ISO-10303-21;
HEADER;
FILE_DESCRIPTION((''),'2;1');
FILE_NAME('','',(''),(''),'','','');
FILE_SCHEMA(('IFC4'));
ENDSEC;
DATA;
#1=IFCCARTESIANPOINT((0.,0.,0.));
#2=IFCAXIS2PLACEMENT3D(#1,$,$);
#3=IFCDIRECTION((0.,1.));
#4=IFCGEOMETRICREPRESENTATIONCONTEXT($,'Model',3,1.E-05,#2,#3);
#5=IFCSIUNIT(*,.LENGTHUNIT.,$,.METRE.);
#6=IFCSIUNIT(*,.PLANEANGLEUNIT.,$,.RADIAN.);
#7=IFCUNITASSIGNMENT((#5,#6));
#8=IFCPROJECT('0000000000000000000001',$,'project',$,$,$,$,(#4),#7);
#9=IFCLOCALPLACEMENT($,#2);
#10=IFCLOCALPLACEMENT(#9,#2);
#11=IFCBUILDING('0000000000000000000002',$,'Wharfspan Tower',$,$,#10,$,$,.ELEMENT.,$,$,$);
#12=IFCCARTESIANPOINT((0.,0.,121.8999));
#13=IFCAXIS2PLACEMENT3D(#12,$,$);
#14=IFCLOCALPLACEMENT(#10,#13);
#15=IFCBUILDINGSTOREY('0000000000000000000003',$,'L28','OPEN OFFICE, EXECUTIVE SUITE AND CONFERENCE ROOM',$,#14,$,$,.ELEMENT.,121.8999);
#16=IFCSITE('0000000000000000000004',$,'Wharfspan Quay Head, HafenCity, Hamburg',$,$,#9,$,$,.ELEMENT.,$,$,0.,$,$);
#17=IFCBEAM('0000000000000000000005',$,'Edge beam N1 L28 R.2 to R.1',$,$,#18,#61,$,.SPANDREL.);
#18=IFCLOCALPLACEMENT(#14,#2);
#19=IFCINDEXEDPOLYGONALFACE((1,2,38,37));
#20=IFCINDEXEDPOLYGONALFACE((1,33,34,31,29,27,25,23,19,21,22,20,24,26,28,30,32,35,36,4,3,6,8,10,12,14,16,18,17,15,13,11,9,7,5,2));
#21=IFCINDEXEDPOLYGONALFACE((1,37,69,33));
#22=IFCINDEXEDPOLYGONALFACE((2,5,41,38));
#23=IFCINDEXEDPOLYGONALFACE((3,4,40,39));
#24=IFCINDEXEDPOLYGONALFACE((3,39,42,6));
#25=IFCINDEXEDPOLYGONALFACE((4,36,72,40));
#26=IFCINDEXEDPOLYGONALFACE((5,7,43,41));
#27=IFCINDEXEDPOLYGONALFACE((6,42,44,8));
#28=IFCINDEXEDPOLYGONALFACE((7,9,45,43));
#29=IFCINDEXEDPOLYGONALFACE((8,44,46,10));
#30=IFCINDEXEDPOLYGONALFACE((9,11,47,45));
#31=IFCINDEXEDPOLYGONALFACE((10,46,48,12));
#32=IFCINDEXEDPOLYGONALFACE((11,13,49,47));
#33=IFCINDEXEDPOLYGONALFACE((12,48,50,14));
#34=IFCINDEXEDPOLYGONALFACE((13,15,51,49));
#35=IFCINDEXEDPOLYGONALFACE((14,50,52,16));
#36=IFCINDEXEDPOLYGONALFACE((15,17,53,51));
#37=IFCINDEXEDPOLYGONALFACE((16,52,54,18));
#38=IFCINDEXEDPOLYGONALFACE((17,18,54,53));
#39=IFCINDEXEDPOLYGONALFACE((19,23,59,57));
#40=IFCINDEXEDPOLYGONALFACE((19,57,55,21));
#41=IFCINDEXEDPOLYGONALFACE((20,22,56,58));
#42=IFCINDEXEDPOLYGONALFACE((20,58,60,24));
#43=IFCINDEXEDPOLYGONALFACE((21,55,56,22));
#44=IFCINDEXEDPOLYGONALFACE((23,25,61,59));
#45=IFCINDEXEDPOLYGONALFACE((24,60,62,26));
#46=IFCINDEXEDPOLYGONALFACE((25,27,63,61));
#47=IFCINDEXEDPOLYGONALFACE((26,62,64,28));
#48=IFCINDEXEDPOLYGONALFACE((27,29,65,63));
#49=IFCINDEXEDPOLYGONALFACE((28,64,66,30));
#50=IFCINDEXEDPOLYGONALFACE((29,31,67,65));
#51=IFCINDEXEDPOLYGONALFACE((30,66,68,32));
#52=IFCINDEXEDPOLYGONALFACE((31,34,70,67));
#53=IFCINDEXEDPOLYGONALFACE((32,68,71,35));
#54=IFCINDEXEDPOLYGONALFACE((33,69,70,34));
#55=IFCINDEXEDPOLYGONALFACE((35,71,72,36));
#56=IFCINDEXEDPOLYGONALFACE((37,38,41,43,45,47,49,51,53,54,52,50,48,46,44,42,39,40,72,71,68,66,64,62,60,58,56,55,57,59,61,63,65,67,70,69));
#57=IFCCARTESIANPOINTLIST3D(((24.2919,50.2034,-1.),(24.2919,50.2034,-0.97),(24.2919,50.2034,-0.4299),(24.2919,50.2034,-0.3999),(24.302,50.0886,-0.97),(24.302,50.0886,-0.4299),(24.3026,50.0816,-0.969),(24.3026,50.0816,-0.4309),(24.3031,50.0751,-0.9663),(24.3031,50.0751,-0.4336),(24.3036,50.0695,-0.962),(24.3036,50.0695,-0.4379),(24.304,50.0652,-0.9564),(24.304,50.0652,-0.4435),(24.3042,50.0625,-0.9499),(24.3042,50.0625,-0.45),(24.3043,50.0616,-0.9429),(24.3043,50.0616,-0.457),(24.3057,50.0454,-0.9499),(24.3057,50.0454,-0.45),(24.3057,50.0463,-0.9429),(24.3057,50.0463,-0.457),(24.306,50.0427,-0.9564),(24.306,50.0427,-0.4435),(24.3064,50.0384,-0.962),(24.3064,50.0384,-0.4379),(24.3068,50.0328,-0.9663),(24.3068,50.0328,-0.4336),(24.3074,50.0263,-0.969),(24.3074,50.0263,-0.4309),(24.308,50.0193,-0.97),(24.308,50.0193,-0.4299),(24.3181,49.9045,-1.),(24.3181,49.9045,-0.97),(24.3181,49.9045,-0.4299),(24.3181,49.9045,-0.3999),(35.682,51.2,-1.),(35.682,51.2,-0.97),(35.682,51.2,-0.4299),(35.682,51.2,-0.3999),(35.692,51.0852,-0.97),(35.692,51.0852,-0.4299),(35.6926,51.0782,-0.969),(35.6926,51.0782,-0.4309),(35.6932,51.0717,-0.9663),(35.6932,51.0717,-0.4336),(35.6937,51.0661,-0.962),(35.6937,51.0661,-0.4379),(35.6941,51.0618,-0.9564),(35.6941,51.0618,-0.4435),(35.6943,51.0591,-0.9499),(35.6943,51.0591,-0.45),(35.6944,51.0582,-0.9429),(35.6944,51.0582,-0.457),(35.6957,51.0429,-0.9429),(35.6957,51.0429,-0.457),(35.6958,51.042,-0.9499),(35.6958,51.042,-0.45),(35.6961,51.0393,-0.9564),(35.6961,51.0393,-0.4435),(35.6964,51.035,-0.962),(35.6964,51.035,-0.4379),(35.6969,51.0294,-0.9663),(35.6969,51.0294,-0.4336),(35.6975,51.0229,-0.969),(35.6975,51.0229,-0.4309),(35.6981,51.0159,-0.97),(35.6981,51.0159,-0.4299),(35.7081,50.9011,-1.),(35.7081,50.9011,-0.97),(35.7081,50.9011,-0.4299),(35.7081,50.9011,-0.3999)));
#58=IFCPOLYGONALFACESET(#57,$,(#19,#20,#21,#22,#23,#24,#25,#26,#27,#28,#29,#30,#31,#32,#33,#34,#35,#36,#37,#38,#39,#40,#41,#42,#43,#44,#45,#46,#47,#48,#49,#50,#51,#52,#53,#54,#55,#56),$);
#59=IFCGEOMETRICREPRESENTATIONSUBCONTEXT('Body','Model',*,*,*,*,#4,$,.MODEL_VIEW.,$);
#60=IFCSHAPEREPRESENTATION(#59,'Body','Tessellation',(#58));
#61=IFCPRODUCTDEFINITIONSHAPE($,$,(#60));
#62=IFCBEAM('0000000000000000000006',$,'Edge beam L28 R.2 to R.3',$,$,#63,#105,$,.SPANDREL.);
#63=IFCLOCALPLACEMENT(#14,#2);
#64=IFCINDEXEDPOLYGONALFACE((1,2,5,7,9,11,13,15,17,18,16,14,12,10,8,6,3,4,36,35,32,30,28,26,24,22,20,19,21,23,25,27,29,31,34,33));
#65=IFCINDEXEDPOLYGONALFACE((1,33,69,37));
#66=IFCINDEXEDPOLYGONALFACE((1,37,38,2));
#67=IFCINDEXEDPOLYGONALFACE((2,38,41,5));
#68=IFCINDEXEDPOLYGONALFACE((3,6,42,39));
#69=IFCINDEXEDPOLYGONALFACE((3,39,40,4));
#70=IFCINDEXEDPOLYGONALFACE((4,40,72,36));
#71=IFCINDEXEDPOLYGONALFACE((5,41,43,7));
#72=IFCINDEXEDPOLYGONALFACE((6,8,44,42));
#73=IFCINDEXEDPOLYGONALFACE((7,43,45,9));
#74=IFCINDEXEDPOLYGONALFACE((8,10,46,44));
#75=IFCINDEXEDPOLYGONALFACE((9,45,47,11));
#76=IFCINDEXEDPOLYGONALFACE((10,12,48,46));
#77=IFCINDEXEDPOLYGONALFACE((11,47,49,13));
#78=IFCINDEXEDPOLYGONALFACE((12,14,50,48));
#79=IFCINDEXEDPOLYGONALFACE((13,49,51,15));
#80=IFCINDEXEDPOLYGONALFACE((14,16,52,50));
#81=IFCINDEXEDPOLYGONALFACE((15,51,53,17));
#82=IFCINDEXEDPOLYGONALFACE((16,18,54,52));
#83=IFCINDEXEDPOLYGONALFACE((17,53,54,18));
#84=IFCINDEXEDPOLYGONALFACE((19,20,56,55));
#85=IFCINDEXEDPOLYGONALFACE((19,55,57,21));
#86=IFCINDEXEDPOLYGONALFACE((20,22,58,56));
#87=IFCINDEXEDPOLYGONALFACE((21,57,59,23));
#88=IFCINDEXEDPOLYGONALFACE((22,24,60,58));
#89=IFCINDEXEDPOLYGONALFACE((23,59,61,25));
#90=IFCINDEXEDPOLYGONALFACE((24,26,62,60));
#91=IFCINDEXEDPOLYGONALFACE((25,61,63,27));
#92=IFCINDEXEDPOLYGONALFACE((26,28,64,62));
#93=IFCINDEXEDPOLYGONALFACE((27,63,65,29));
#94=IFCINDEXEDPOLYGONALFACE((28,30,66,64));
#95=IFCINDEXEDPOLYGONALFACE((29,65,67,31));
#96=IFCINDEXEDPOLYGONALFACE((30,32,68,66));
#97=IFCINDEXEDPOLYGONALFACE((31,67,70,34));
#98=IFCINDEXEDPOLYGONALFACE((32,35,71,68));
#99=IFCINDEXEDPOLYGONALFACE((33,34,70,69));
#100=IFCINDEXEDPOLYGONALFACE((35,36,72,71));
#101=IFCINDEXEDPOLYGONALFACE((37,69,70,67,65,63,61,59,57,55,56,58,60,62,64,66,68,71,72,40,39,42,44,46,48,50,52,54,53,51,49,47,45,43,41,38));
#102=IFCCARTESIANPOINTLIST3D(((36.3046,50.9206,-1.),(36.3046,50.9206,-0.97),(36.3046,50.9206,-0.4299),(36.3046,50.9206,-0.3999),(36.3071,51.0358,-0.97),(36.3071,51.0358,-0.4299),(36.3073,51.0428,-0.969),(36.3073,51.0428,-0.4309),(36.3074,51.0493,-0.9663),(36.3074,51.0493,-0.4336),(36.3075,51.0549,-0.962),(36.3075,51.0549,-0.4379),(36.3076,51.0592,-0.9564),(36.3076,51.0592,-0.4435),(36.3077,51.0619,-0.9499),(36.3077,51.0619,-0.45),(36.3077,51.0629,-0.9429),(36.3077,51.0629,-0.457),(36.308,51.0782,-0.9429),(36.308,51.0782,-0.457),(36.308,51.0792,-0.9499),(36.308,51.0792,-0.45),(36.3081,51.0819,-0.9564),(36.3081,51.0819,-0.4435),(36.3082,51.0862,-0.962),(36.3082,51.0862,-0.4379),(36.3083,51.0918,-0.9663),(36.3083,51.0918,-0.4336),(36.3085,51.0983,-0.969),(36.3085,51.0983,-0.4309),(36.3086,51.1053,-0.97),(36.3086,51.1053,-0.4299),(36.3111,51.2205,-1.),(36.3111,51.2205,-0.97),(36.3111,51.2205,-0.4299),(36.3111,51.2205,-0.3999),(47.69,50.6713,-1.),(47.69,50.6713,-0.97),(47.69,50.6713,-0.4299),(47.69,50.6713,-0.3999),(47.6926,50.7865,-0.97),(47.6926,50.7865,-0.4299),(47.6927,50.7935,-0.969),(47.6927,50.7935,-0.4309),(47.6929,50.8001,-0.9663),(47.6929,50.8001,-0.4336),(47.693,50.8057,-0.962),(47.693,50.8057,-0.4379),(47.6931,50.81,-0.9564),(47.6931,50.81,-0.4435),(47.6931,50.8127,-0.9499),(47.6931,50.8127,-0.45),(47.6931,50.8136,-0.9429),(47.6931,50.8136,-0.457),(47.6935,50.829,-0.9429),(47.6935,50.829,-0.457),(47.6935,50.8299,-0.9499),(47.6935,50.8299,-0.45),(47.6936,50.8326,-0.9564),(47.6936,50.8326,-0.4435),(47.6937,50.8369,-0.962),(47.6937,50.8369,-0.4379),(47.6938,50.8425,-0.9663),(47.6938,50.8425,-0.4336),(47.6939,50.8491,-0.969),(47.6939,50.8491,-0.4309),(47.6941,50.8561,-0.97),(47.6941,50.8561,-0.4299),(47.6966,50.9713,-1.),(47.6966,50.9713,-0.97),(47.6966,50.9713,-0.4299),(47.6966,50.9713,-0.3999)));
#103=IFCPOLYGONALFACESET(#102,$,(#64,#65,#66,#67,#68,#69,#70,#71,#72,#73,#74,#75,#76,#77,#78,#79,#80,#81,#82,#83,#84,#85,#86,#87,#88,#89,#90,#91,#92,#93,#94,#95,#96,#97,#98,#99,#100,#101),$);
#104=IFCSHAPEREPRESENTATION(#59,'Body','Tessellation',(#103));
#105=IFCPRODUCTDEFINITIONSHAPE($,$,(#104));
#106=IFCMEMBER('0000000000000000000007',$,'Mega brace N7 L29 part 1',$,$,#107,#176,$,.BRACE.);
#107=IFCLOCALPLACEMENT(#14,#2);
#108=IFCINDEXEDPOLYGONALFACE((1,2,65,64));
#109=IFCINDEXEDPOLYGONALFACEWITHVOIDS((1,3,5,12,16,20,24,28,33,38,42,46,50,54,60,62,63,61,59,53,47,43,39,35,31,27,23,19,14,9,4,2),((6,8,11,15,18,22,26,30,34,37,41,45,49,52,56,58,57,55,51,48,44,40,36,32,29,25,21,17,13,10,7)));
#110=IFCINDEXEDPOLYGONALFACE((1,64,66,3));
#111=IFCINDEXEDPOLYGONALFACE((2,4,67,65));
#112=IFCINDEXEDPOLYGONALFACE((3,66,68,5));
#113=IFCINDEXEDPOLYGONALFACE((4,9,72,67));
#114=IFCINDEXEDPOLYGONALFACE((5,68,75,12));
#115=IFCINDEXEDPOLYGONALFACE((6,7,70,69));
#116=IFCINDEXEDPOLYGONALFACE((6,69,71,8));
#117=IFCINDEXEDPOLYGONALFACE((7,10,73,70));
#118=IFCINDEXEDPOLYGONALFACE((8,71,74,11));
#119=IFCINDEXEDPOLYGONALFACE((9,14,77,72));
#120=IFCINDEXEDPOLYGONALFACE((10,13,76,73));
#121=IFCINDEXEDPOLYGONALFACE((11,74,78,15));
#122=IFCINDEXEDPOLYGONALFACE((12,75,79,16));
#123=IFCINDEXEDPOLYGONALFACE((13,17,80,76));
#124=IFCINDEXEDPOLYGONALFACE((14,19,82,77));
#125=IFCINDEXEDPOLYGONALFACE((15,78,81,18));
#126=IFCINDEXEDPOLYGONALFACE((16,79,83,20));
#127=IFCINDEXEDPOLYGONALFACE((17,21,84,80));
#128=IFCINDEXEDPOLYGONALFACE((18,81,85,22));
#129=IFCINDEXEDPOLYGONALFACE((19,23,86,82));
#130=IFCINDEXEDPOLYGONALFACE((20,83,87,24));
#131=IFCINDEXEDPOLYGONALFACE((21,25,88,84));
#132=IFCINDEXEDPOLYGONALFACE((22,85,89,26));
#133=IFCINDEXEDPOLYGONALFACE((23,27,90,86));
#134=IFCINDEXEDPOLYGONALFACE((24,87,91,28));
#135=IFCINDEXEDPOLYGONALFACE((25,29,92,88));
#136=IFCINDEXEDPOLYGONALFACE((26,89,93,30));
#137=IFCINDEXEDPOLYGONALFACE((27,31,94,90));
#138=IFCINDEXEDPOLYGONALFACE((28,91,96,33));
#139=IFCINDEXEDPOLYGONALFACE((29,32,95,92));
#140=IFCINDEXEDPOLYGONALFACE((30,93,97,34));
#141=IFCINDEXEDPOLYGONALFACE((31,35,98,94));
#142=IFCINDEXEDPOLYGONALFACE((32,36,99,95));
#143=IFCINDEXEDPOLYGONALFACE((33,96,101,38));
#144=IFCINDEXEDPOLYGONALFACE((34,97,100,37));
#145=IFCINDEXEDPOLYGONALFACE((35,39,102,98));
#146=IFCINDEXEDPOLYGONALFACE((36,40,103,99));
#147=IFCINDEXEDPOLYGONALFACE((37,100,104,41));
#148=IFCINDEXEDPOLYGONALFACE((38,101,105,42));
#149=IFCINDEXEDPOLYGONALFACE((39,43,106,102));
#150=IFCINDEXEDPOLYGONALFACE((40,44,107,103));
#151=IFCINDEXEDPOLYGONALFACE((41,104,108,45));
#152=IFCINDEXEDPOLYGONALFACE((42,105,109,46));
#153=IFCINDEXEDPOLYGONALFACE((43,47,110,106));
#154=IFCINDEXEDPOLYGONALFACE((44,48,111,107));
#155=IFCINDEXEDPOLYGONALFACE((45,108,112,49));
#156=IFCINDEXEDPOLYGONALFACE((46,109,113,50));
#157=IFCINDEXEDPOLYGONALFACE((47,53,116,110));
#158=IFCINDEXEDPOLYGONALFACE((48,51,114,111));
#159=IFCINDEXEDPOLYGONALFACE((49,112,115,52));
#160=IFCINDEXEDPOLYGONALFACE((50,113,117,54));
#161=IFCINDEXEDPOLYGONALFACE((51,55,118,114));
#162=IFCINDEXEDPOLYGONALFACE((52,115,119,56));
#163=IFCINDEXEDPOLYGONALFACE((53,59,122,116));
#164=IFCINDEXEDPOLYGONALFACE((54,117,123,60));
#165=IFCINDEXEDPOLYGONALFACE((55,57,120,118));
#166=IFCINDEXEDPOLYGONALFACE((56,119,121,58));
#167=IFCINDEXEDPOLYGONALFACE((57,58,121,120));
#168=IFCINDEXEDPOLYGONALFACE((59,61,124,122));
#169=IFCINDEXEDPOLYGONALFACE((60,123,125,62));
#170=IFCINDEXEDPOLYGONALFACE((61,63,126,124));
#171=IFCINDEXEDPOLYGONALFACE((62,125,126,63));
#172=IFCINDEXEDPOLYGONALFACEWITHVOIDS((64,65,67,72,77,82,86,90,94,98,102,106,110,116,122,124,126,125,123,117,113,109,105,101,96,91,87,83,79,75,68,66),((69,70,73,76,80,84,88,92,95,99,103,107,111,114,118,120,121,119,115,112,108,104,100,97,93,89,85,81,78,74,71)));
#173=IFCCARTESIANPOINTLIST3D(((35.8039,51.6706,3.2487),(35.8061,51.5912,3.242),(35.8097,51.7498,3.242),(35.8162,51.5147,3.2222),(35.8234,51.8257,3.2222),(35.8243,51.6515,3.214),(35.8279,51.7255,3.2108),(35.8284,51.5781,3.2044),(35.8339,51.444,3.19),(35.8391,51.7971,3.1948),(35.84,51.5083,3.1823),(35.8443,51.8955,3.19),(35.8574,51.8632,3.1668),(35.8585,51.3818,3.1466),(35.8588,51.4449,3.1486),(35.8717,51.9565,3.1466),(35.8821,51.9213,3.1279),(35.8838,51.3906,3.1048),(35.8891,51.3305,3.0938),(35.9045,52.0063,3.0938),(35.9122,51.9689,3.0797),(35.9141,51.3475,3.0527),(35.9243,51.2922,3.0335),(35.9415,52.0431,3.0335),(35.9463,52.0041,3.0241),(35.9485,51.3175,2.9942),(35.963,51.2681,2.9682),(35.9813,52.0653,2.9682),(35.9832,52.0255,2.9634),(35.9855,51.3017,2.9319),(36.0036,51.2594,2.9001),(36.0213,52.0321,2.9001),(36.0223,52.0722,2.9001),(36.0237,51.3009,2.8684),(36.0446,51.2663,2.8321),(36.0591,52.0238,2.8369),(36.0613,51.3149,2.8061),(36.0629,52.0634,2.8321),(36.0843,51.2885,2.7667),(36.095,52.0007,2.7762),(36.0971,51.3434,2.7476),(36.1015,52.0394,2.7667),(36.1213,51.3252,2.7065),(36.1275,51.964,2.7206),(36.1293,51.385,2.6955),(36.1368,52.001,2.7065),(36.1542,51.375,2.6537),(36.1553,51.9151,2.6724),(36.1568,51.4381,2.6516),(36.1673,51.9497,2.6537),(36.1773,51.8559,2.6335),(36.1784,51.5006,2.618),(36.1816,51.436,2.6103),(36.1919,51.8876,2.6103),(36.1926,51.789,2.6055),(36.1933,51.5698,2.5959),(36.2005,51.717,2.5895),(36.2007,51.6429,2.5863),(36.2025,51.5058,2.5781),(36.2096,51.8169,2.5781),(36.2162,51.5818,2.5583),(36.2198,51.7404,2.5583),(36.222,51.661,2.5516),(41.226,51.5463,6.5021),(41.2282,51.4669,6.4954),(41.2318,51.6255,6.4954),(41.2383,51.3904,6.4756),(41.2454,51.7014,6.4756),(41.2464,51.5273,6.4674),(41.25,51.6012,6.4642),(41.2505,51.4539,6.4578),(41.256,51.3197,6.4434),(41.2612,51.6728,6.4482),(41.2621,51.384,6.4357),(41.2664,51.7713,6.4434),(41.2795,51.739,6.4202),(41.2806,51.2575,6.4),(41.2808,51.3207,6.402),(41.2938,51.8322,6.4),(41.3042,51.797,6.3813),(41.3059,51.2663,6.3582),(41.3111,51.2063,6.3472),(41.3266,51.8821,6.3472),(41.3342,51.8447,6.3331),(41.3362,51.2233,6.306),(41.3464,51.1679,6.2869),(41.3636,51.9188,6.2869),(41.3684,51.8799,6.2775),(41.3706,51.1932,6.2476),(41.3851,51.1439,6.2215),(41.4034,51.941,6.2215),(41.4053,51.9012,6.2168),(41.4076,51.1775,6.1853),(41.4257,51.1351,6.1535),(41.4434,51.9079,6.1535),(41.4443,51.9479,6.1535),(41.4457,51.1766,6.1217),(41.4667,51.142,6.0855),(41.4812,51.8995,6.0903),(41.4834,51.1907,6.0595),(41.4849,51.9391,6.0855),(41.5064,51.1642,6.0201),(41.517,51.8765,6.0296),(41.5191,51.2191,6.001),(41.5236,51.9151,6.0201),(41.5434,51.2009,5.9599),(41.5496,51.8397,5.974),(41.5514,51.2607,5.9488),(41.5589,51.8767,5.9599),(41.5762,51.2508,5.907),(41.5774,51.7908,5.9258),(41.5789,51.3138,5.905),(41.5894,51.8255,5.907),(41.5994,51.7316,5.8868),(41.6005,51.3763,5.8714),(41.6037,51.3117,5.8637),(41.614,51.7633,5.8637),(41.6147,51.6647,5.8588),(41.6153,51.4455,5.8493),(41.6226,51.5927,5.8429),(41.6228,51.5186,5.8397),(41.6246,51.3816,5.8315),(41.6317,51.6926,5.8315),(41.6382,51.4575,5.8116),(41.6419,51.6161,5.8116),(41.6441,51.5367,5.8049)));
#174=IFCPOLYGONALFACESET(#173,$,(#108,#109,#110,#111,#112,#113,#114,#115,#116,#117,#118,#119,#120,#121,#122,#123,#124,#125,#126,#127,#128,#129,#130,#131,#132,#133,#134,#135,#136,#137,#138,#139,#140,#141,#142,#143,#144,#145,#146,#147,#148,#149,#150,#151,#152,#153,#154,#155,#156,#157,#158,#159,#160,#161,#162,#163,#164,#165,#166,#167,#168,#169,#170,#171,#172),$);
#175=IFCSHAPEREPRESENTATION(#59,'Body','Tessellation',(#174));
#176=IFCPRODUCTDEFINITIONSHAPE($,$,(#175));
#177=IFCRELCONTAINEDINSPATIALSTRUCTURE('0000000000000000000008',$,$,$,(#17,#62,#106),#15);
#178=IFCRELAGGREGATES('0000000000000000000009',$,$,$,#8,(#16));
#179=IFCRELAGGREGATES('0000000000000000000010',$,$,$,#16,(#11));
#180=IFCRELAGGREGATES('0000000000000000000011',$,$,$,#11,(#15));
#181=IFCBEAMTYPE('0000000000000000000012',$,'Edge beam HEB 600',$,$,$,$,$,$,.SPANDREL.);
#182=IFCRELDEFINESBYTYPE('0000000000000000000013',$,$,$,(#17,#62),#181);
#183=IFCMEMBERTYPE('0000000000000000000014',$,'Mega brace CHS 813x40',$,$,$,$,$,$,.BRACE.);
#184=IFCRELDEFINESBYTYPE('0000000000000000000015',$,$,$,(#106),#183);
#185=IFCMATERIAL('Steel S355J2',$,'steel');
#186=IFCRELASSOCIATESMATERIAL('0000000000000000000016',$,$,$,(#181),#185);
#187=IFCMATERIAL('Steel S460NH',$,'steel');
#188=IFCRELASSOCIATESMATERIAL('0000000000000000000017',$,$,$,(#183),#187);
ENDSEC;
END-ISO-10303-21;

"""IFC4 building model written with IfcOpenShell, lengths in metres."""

from ifc_helpers import new_model, si_unit, direction, frame, origin, origin_2d, place, context, subcontext, project, spatial, hollow_circle, i_section, extrude, material, material_profile, profile_set, type_object, element, save


model = new_model("IFC4")

# Units and contexts
model_context = context("Model", 3, precision=1e-05, world=origin(), true_north=direction((0.0, 1.0)))
body_context = subcontext(model_context, "Body", "Model", "MODEL_VIEW")
ifc_project = project(units=[si_unit("LENGTHUNIT", "METRE"), si_unit("PLANEANGLEUNIT", "RADIAN")], contexts=[model_context])

# Site, building, storey
site_placement = place(None, origin())
site = spatial("IfcSite", under=ifc_project, at=site_placement, Name="Wharfspan Quay Head, HafenCity, Hamburg", CompositionType="ELEMENT", RefElevation=0.0)
building_placement = place(site_placement, origin())
building = spatial("IfcBuilding", under=site, at=building_placement, Name="Wharfspan Tower", CompositionType="ELEMENT")
storey_placement = place(building_placement, frame((0.0, 0.0, 121.8999)))
storey = spatial("IfcBuildingStorey", under=building, at=storey_placement, Name="L28", Description="OPEN OFFICE, EXECUTIVE SUITE AND CONFERENCE ROOM", CompositionType="ELEMENT", Elevation=121.8999)

# Shared definitions
ifc_material_1 = material(Name="Steel S355J2", Category="steel")

# Beams
ifc_material_profile_1 = material_profile(ifc_material_1, i_section(OverallWidth=0.3, OverallDepth=0.6001, WebThickness=0.0154, FlangeThickness=0.03, FilletRadius=0.0271, at=origin_2d()))
ifc_profile_set_1 = profile_set([ifc_material_profile_1], Name="Steel S355J2")
beam_type = type_object("IfcBeamType", Name="Edge beam HEB 600", PredefinedType="SPANDREL", material=ifc_profile_set_1)
beam_1_placement = place(storey_placement, frame((35.6951, 51.0505, -0.7), z_axis=(-0.996194, -0.087162, 0.0), x_axis=(0.087162, -0.996194, 0.0)))
element("IfcBeam", 1, at=beam_1_placement, inside=storey, type_object=beam_type, Name="Edge beam N1 L28 R.2 to R.1", PredefinedType="SPANDREL", context=body_context, shape_type="SweptSolid", body=[
    extrude(i_section(OverallWidth=0.3, OverallDepth=0.6001, WebThickness=0.0154, FlangeThickness=0.03, FilletRadius=0.0271, at=origin_2d()), origin(), (0.0, 0.0, 1.0), 11.4336),
])
beam_2_placement = place(storey_placement, frame((36.3079, 51.0706, -0.7), z_axis=(0.99976, -0.021888, 0.0), x_axis=(0.021888, 0.99976, 0.0)))
element("IfcBeam", 2, at=beam_2_placement, inside=storey, type_object=beam_type, Name="Edge beam L28 R.2 to R.3", PredefinedType="SPANDREL", context=body_context, shape_type="SweptSolid", body=[
    extrude(i_section(OverallWidth=0.3, OverallDepth=0.6001, WebThickness=0.0154, FlangeThickness=0.03, FilletRadius=0.0271, at=origin_2d()), origin(), (0.0, 0.0, 1.0), 11.3882),
])

# Member
ifc_material_2 = material(Name="Steel S460NH", Category="steel")
ifc_material_profile_2 = material_profile(ifc_material_2, hollow_circle(Radius=0.4065, WallThickness=0.04, at=origin_2d()))
ifc_profile_set_2 = profile_set([ifc_material_profile_2], Name="Steel S460NH")
member_type = type_object("IfcMemberType", Name="Mega brace CHS 813x40", PredefinedType="BRACE", material=ifc_profile_set_2)
member_1_placement = place(storey_placement, frame((36.0129, 51.6658, 2.9001), z_axis=(0.857317, -0.019649, 0.514413), x_axis=(0.022912, 0.999739, 0.000002)))
element("IfcMember", 3, at=member_1_placement, inside=storey, type_object=member_type, Name="Mega brace N7 L29 part 1", PredefinedType="BRACE", context=body_context, shape_type="SweptSolid", body=[
    extrude(hollow_circle(Radius=0.4065, WallThickness=0.04, at=origin_2d()), origin(), (0.0, 0.0, 1.0), 6.3245),
])

save(model, "model.ifc")
